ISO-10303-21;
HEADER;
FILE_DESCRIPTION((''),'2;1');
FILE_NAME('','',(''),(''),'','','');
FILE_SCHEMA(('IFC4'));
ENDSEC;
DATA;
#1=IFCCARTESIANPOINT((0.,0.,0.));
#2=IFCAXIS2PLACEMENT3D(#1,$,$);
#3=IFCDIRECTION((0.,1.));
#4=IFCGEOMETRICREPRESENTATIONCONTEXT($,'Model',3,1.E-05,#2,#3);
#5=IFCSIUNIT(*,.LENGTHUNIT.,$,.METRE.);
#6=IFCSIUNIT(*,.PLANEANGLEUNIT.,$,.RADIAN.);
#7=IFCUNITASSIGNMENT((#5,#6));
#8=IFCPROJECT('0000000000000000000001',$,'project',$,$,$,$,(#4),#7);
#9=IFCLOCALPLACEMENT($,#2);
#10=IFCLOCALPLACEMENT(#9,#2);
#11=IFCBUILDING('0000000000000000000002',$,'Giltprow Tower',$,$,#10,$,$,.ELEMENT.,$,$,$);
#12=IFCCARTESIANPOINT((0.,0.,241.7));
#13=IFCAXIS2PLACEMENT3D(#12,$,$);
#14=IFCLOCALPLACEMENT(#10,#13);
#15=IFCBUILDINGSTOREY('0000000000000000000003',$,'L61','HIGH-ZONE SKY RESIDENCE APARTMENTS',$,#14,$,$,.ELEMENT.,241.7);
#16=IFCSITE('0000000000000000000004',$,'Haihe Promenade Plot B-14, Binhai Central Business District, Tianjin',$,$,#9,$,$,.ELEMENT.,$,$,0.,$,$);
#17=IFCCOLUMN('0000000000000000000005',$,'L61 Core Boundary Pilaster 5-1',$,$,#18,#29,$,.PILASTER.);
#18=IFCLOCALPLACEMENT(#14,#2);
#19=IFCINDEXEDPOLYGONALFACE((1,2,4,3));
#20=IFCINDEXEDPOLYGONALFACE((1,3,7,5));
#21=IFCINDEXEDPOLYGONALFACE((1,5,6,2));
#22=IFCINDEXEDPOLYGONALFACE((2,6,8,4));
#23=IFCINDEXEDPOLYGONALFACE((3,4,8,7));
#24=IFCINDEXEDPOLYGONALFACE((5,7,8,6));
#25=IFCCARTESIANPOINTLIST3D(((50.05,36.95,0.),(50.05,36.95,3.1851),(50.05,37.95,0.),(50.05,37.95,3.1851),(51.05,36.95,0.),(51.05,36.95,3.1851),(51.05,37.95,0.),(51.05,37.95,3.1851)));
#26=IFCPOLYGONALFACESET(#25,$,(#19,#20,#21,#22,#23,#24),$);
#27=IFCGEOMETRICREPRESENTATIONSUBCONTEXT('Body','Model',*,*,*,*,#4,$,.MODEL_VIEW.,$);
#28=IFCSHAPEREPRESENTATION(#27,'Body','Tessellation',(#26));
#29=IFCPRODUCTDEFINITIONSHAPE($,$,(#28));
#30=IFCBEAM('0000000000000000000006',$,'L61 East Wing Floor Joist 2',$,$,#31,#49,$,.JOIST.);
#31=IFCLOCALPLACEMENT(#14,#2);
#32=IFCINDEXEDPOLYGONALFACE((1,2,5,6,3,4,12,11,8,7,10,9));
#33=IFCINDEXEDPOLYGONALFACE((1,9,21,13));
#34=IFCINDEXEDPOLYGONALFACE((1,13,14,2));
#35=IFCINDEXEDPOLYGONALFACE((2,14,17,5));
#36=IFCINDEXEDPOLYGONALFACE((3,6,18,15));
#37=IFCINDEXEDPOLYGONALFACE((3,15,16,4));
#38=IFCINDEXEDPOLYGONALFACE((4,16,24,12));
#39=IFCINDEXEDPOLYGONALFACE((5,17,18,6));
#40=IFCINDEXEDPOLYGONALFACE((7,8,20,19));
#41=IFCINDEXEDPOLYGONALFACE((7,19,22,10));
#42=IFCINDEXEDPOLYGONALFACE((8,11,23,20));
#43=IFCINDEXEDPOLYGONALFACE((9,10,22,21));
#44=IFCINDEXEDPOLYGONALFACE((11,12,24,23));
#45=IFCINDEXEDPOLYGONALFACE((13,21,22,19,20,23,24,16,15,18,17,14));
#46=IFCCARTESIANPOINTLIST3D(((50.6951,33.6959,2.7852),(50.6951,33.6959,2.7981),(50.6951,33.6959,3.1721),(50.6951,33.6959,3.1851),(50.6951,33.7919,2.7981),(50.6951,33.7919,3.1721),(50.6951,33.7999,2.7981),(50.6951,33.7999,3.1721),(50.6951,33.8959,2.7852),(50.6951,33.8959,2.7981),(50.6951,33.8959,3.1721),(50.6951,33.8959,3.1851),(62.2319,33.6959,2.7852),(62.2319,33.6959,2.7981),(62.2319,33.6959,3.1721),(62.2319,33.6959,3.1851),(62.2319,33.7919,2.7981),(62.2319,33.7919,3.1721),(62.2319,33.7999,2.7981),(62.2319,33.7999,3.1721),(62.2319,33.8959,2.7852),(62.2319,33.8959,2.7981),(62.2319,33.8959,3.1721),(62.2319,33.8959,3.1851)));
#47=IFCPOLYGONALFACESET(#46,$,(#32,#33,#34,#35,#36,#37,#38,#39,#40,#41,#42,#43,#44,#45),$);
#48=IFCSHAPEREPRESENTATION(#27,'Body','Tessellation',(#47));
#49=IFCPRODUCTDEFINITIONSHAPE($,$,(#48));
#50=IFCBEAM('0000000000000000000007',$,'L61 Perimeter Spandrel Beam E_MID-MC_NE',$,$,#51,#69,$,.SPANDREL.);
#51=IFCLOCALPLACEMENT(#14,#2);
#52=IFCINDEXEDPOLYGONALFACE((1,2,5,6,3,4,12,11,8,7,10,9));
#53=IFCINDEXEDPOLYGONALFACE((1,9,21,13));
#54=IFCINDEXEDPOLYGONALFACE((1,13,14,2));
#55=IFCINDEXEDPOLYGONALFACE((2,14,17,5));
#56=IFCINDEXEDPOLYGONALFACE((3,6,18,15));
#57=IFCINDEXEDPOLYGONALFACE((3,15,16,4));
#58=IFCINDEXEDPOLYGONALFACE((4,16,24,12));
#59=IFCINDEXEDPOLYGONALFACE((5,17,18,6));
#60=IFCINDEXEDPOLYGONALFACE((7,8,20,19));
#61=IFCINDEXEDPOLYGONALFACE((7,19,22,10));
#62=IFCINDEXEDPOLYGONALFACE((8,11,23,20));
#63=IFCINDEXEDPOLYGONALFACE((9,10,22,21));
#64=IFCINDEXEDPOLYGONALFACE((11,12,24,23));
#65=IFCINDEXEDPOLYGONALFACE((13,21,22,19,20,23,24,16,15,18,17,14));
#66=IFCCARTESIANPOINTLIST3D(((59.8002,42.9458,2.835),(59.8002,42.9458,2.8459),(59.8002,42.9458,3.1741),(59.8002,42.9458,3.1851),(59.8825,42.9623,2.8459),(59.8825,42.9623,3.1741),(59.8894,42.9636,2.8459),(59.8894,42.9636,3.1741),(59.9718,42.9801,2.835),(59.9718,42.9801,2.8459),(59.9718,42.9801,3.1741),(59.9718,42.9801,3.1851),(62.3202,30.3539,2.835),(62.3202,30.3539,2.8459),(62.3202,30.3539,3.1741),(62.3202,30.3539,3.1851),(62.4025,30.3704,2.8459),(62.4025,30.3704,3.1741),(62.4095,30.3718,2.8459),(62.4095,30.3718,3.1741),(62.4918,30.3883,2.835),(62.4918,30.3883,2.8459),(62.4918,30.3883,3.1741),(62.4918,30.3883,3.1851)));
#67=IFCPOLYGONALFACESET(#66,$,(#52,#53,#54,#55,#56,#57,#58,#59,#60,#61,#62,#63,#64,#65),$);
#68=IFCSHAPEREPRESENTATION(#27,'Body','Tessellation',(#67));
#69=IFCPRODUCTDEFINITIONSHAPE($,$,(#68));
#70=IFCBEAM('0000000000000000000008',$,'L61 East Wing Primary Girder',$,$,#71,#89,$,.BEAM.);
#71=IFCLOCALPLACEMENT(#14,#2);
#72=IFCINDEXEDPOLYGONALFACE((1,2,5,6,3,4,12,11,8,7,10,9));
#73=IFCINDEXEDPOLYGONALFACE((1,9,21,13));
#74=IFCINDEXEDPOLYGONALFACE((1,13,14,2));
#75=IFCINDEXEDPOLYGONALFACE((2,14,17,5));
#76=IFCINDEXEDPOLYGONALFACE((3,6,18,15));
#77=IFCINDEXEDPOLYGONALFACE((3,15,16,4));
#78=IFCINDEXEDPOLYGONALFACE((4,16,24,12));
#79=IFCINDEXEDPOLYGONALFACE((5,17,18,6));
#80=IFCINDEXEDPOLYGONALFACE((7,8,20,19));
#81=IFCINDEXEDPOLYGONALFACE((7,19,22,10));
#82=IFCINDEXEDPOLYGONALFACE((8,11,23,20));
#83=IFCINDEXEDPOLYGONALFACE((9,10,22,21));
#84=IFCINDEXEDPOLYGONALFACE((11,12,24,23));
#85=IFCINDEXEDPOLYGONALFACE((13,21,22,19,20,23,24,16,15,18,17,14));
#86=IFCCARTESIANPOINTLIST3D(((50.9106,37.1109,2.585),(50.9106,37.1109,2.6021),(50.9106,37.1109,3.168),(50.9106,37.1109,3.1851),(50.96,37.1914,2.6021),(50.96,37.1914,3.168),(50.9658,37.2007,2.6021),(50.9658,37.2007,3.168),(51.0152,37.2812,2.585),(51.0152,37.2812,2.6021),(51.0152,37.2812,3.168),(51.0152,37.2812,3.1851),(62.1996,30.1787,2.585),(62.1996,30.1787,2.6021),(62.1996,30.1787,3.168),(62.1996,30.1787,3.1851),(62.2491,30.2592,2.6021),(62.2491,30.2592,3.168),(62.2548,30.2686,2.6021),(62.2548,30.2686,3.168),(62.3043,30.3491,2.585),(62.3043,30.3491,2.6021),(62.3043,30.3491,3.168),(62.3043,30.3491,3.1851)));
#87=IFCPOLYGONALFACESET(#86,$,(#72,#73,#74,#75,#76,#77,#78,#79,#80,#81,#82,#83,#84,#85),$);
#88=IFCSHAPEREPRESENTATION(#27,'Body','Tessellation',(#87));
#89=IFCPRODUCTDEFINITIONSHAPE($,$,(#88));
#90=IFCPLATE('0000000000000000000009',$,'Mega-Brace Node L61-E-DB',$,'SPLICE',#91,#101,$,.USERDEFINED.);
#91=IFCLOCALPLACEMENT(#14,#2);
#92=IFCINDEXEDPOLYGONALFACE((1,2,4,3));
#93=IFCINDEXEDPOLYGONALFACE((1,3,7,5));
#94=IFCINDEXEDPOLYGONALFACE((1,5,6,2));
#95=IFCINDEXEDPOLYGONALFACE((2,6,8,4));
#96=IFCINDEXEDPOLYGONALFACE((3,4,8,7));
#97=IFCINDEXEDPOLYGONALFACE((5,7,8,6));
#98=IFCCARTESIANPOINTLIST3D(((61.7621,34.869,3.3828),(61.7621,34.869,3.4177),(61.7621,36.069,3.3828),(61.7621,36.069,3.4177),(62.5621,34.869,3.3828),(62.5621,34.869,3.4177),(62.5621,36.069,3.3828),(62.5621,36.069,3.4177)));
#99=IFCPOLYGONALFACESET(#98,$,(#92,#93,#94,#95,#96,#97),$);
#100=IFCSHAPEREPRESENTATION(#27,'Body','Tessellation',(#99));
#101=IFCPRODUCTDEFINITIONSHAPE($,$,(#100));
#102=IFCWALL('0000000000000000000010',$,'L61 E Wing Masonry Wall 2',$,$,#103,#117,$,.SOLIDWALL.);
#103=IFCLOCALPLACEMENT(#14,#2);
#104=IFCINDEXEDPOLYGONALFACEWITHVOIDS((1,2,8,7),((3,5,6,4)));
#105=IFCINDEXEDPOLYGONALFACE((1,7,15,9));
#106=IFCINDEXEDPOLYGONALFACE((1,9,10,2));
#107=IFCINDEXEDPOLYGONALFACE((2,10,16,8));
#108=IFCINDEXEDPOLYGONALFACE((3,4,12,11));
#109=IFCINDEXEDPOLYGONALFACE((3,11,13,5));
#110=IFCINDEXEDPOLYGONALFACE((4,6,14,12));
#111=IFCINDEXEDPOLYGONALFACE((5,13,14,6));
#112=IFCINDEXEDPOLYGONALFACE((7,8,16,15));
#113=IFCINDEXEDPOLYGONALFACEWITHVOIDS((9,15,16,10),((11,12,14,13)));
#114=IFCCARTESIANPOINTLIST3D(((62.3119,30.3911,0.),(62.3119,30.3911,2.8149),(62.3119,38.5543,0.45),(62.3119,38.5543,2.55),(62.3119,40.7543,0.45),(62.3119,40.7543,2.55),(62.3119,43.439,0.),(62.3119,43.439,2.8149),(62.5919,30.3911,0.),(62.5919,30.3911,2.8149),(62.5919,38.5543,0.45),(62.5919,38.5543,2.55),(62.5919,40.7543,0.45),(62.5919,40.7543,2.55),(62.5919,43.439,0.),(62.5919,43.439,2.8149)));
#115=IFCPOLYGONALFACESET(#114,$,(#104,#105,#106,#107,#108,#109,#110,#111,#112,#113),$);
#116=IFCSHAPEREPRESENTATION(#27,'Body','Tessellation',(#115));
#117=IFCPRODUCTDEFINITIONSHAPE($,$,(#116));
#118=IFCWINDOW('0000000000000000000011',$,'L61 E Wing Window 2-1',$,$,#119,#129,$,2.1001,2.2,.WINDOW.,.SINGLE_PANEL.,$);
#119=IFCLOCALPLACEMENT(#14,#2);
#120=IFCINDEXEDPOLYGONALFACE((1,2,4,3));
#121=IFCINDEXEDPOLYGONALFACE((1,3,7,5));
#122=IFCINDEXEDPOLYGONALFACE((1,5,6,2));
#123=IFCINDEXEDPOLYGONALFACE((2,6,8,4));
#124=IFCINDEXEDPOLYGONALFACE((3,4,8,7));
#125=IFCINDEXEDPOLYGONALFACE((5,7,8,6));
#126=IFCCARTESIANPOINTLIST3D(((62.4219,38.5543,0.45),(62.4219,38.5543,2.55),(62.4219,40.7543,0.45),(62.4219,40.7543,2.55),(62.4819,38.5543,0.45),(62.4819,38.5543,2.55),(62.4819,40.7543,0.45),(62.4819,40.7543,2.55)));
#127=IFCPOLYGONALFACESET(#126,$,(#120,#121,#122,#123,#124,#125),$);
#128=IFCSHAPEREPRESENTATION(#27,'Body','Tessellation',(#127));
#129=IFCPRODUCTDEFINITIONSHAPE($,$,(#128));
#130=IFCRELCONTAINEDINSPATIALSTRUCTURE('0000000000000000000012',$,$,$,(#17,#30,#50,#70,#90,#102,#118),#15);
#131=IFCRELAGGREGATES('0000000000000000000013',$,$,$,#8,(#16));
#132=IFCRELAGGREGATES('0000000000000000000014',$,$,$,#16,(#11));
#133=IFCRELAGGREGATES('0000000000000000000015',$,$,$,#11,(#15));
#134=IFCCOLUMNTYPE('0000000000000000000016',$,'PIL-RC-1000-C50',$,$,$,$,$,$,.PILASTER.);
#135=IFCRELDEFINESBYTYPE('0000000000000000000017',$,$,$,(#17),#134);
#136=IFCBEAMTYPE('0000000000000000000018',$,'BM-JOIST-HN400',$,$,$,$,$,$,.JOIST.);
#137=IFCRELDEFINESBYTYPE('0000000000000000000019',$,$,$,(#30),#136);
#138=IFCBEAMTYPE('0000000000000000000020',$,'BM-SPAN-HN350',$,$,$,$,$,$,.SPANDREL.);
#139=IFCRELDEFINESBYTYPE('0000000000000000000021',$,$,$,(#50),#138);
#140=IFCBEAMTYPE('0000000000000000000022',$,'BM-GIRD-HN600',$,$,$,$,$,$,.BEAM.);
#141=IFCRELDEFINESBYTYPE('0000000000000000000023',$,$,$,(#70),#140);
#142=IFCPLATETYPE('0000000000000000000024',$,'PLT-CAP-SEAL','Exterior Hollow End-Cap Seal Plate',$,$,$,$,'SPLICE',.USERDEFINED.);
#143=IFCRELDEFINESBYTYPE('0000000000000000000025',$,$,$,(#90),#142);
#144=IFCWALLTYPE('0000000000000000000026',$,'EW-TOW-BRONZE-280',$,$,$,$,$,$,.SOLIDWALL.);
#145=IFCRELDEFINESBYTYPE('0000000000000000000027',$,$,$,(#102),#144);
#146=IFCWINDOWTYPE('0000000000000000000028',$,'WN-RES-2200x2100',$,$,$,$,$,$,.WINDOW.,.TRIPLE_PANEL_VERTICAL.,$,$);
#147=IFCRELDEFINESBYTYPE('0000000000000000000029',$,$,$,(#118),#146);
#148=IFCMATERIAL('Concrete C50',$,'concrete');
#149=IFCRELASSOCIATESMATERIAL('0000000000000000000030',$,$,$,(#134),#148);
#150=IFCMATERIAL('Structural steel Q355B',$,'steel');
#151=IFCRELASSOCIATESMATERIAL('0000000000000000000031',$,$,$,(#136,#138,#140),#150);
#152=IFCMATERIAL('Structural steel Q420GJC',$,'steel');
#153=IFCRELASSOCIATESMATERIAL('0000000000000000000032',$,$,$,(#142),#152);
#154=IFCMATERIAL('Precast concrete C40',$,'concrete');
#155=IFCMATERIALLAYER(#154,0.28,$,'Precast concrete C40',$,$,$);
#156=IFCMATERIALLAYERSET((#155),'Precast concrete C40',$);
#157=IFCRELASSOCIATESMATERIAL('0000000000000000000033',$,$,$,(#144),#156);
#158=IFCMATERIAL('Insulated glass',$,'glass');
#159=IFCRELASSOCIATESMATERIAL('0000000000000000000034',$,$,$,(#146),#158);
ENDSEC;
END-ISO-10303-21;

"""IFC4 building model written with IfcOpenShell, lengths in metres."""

from ifc_helpers import new_model, si_unit, direction, frame, frame_2d, origin, origin_2d, place, context, subcontext, project, spatial, rectangle, i_section, extrude, source, transform, mapped, material, layer, layer_set, material_profile, profile_set, type_object, element, fill, save


model = new_model("IFC4")

# Units and contexts
model_context = context("Model", 3, precision=1e-05, world=origin(), true_north=direction((0.0, 1.0)))
body_context = subcontext(model_context, "Body", "Model", "MODEL_VIEW")
ifc_project = project(units=[si_unit("LENGTHUNIT", "METRE"), si_unit("PLANEANGLEUNIT", "RADIAN")], contexts=[model_context])

# Site, building, storey
site_placement = place(None, origin())
site = spatial("IfcSite", under=ifc_project, at=site_placement, Name="Haihe Promenade Plot B-14, Binhai Central Business District, Tianjin", CompositionType="ELEMENT", RefElevation=0.0)
building_placement = place(site_placement, origin())
building = spatial("IfcBuilding", under=site, at=building_placement, Name="Giltprow Tower", CompositionType="ELEMENT")
storey_placement = place(building_placement, frame((0.0, 0.0, 241.7)))
storey = spatial("IfcBuildingStorey", under=building, at=storey_placement, Name="L61", Description="HIGH-ZONE SKY RESIDENCE APARTMENTS", CompositionType="ELEMENT", Elevation=241.7)

# Column
ifc_material_1 = material(Name="Concrete C50", Category="concrete")
ifc_material_profile_1 = material_profile(ifc_material_1, rectangle(XDim=1.0, YDim=1.0, at=origin_2d()), Name="RC 1000x1000")
ifc_profile_set_1 = profile_set([ifc_material_profile_1], Name="Concrete C50")
column_type = type_object("IfcColumnType", Name="PIL-RC-1000-C50", PredefinedType="PILASTER", material=ifc_profile_set_1)
shared_shape_1 = source(origin(), body_context, "Body", "SweptSolid", [
    extrude(rectangle(XDim=1.0, YDim=1.0, at=origin_2d()), origin(), (0.0, 0.0, 1.0), 3.1851),
])
column_placement = place(storey_placement, frame((50.55, 37.45, 0.0), z_axis=(0.0, 0.0, 1.0), x_axis=(1.0, 0.0, 0.0)))
element("IfcColumn", 1, at=column_placement, inside=storey, type_object=column_type, Name="L61 Core Boundary Pilaster 5-1", PredefinedType="PILASTER", context=body_context, shape_type="MappedRepresentation", body=[
    mapped(shared_shape_1, transform((0.0, 0.0, 0.0), x_axis=(1.0, 0.0, 0.0), y_axis=(0.0, 1.0, 0.0), z_axis=(0.0, 0.0, 1.0), scale=1.0)),
])

# Beams
ifc_material_2 = material(Name="Structural steel Q355B", Category="steel")
ifc_material_profile_2 = material_profile(ifc_material_2, i_section(OverallWidth=0.2, OverallDepth=0.3999, WebThickness=0.0081, FlangeThickness=0.0129, at=origin_2d()), Name="HN 400x200x8x13")
ifc_profile_set_2 = profile_set([ifc_material_profile_2], Name="Structural steel Q355B")
beam_type_1 = type_object("IfcBeamType", Name="BM-JOIST-HN400", PredefinedType="JOIST", material=ifc_profile_set_2)
shared_shape_2 = source(origin(), body_context, "Body", "SweptSolid", [
    extrude(i_section(OverallWidth=0.2, OverallDepth=0.3999, WebThickness=0.0081, FlangeThickness=0.0129, at=origin_2d()), origin(), (0.0, 0.0, 1.0), 11.5369),
])
beam_1_placement = place(storey_placement, frame((50.6951, 33.7959, 2.9851), z_axis=(1.0, 0.0, 0.0), x_axis=(0.0, 1.0, 0.0)))
element("IfcBeam", 2, at=beam_1_placement, inside=storey, type_object=beam_type_1, Name="L61 East Wing Floor Joist 2", PredefinedType="JOIST", context=body_context, shape_type="MappedRepresentation", body=[
    mapped(shared_shape_2, transform((0.0, 0.0, 0.0), x_axis=(1.0, 0.0, 0.0), y_axis=(0.0, 1.0, 0.0), z_axis=(0.0, 0.0, 1.0), scale=1.0)),
])
ifc_material_profile_3 = material_profile(ifc_material_2, i_section(OverallWidth=0.175, OverallDepth=0.3501, WebThickness=0.0071, FlangeThickness=0.011, at=origin_2d()), Name="HN 350x175x7x11")
ifc_profile_set_3 = profile_set([ifc_material_profile_3], Name="Structural steel Q355B")
beam_type_2 = type_object("IfcBeamType", Name="BM-SPAN-HN350", PredefinedType="SPANDREL", material=ifc_profile_set_3)
shared_shape_3 = source(origin(), body_context, "Body", "SweptSolid", [
    extrude(i_section(OverallWidth=0.175, OverallDepth=0.3501, WebThickness=0.0071, FlangeThickness=0.011, at=origin_2d()), origin(), (0.0, 0.0, 1.0), 12.8416),
])
beam_2_placement = place(storey_placement, frame((62.406, 30.3711, 3.01), z_axis=(-0.19624, 0.980556, 0.0), x_axis=(-0.980556, -0.19624, 0.0)))
element("IfcBeam", 3, at=beam_2_placement, inside=storey, type_object=beam_type_2, Name="L61 Perimeter Spandrel Beam E_MID-MC_NE", PredefinedType="SPANDREL", context=body_context, shape_type="MappedRepresentation", body=[
    mapped(shared_shape_3, transform((0.0, 0.0, 0.0), x_axis=(1.0, 0.0, 0.0), y_axis=(0.0, 1.0, 0.0), z_axis=(0.0, 0.0, 1.0), scale=1.0)),
])
ifc_material_profile_4 = material_profile(ifc_material_2, i_section(OverallWidth=0.2, OverallDepth=0.6001, WebThickness=0.011, FlangeThickness=0.0171, at=origin_2d()), Name="HN 600x200x11x17")
ifc_profile_set_4 = profile_set([ifc_material_profile_4], Name="Structural steel Q355B")
beam_type_3 = type_object("IfcBeamType", Name="BM-GIRD-HN600", PredefinedType="BEAM", material=ifc_profile_set_4)
shared_shape_4 = source(origin(), body_context, "Body", "SweptSolid", [
    extrude(i_section(OverallWidth=0.2, OverallDepth=0.6001, WebThickness=0.011, FlangeThickness=0.0171, at=origin_2d()), origin(), (0.0, 0.0, 1.0), 13.2476),
])
beam_3_placement = place(storey_placement, frame((62.252, 30.2639, 2.885), z_axis=(-0.852163, 0.523277, 0.0), x_axis=(-0.523277, -0.852163, 0.0)))
element("IfcBeam", 4, at=beam_3_placement, inside=storey, type_object=beam_type_3, Name="L61 East Wing Primary Girder", PredefinedType="BEAM", context=body_context, shape_type="MappedRepresentation", body=[
    mapped(shared_shape_4, transform((0.0, 0.0, 0.0), x_axis=(1.0, 0.0, 0.0), y_axis=(0.0, 1.0, 0.0), z_axis=(0.0, 0.0, 1.0), scale=1.0)),
])

# Plate
ifc_material_3 = material(Name="Structural steel Q420GJC", Category="steel")
plate_type = type_object("IfcPlateType", Name="PLT-CAP-SEAL", Description="Exterior Hollow End-Cap Seal Plate", ElementType="SPLICE", PredefinedType="USERDEFINED", material=ifc_material_3)
shared_shape_5 = source(origin(), body_context, "Body", "SweptSolid", [
    extrude(rectangle(XDim=1.2, YDim=0.8, at=origin_2d()), origin(), (0.0, 0.0, 1.0), 0.0349),
])
plate_placement = place(storey_placement, frame((62.1621, 35.469, 3.3828), z_axis=(0.0, 0.0, 1.0), x_axis=(0.0, 1.0, 0.0)))
element("IfcPlate", 5, at=plate_placement, inside=storey, type_object=plate_type, Name="Mega-Brace Node L61-E-DB", ObjectType="SPLICE", PredefinedType="USERDEFINED", context=body_context, shape_type="MappedRepresentation", body=[
    mapped(shared_shape_5, transform((0.0, 0.0, 0.0), x_axis=(1.0, 0.0, 0.0), y_axis=(0.0, 1.0, 0.0), z_axis=(0.0, 0.0, 1.0), scale=1.0)),
])

# Wall, opening, window
ifc_material_4 = material(Name="Precast concrete C40", Category="concrete")
ifc_layer_1 = layer(ifc_material_4, 0.28, Name="Precast concrete C40")
ifc_layer_set_1 = layer_set([ifc_layer_1], Name="Precast concrete C40")
wall_type_1 = type_object("IfcWallType", Name="EW-TOW-BRONZE-280", PredefinedType="SOLIDWALL", material=ifc_layer_set_1)
wall_1_placement = place(storey_placement, frame((62.4519, 30.3911, 0.0), z_axis=(0.0, 0.0, 1.0), x_axis=(0.0, 1.0, 0.0)))
wall_1 = element("IfcWall", 6, at=wall_1_placement, inside=storey, type_object=wall_type_1, Name="L61 E Wing Masonry Wall 2", PredefinedType="SOLIDWALL", context=body_context, shape_type="SweptSolid", body=[
    extrude(rectangle(XDim=13.0479, YDim=0.28, at=frame_2d((6.5239, 0.0))), origin(), (0.0, 0.0, 1.0), 2.8149),
])
opening_1_placement = place(wall_1_placement, frame((8.1631, 0.0, 0.45)))
opening_1 = element("IfcOpeningElement", 7, at=opening_1_placement, cuts=wall_1, PredefinedType="OPENING", context=body_context, shape_type="SweptSolid", body=[
    extrude(rectangle(XDim=2.2, YDim=2.1001, at=frame_2d((1.1001, 1.05))), frame((0.0, 0.1499, 0.0), z_axis=(0.0, -1.0, 0.0), x_axis=(1.0, 0.0, 0.0)), (0.0, 0.0, 1.0), 0.3),
])
ifc_material_5 = material(Name="Insulated glass", Category="glass")
window_type = type_object("IfcWindowType", Name="WN-RES-2200x2100", PartitioningType="TRIPLE_PANEL_VERTICAL", PredefinedType="WINDOW", material=ifc_material_5)
shared_shape_6 = source(origin(), body_context, "Body", "SweptSolid", [
    extrude(rectangle(XDim=2.2, YDim=2.1001, at=frame_2d((1.1001, 1.05))), frame((0.0, 0.03, 0.0), z_axis=(0.0, -1.0, 0.0), x_axis=(1.0, 0.0, 0.0)), (0.0, 0.0, 1.0), 0.0601),
])
window_placement = place(opening_1_placement, origin())
window = element("IfcWindow", 8, at=window_placement, inside=storey, type_object=window_type, Name="L61 E Wing Window 2-1", OverallHeight=2.1001, OverallWidth=2.2, PartitioningType="SINGLE_PANEL", PredefinedType="WINDOW", context=body_context, shape_type="MappedRepresentation", body=[
    mapped(shared_shape_6, transform((0.0, 0.0, 0.0), x_axis=(1.0, 0.0, 0.0), y_axis=(0.0, 1.0, 0.0), z_axis=(0.0, 0.0, 1.0), scale=1.0)),
])
fill(opening_1, window)

save(model, "model.ifc")
